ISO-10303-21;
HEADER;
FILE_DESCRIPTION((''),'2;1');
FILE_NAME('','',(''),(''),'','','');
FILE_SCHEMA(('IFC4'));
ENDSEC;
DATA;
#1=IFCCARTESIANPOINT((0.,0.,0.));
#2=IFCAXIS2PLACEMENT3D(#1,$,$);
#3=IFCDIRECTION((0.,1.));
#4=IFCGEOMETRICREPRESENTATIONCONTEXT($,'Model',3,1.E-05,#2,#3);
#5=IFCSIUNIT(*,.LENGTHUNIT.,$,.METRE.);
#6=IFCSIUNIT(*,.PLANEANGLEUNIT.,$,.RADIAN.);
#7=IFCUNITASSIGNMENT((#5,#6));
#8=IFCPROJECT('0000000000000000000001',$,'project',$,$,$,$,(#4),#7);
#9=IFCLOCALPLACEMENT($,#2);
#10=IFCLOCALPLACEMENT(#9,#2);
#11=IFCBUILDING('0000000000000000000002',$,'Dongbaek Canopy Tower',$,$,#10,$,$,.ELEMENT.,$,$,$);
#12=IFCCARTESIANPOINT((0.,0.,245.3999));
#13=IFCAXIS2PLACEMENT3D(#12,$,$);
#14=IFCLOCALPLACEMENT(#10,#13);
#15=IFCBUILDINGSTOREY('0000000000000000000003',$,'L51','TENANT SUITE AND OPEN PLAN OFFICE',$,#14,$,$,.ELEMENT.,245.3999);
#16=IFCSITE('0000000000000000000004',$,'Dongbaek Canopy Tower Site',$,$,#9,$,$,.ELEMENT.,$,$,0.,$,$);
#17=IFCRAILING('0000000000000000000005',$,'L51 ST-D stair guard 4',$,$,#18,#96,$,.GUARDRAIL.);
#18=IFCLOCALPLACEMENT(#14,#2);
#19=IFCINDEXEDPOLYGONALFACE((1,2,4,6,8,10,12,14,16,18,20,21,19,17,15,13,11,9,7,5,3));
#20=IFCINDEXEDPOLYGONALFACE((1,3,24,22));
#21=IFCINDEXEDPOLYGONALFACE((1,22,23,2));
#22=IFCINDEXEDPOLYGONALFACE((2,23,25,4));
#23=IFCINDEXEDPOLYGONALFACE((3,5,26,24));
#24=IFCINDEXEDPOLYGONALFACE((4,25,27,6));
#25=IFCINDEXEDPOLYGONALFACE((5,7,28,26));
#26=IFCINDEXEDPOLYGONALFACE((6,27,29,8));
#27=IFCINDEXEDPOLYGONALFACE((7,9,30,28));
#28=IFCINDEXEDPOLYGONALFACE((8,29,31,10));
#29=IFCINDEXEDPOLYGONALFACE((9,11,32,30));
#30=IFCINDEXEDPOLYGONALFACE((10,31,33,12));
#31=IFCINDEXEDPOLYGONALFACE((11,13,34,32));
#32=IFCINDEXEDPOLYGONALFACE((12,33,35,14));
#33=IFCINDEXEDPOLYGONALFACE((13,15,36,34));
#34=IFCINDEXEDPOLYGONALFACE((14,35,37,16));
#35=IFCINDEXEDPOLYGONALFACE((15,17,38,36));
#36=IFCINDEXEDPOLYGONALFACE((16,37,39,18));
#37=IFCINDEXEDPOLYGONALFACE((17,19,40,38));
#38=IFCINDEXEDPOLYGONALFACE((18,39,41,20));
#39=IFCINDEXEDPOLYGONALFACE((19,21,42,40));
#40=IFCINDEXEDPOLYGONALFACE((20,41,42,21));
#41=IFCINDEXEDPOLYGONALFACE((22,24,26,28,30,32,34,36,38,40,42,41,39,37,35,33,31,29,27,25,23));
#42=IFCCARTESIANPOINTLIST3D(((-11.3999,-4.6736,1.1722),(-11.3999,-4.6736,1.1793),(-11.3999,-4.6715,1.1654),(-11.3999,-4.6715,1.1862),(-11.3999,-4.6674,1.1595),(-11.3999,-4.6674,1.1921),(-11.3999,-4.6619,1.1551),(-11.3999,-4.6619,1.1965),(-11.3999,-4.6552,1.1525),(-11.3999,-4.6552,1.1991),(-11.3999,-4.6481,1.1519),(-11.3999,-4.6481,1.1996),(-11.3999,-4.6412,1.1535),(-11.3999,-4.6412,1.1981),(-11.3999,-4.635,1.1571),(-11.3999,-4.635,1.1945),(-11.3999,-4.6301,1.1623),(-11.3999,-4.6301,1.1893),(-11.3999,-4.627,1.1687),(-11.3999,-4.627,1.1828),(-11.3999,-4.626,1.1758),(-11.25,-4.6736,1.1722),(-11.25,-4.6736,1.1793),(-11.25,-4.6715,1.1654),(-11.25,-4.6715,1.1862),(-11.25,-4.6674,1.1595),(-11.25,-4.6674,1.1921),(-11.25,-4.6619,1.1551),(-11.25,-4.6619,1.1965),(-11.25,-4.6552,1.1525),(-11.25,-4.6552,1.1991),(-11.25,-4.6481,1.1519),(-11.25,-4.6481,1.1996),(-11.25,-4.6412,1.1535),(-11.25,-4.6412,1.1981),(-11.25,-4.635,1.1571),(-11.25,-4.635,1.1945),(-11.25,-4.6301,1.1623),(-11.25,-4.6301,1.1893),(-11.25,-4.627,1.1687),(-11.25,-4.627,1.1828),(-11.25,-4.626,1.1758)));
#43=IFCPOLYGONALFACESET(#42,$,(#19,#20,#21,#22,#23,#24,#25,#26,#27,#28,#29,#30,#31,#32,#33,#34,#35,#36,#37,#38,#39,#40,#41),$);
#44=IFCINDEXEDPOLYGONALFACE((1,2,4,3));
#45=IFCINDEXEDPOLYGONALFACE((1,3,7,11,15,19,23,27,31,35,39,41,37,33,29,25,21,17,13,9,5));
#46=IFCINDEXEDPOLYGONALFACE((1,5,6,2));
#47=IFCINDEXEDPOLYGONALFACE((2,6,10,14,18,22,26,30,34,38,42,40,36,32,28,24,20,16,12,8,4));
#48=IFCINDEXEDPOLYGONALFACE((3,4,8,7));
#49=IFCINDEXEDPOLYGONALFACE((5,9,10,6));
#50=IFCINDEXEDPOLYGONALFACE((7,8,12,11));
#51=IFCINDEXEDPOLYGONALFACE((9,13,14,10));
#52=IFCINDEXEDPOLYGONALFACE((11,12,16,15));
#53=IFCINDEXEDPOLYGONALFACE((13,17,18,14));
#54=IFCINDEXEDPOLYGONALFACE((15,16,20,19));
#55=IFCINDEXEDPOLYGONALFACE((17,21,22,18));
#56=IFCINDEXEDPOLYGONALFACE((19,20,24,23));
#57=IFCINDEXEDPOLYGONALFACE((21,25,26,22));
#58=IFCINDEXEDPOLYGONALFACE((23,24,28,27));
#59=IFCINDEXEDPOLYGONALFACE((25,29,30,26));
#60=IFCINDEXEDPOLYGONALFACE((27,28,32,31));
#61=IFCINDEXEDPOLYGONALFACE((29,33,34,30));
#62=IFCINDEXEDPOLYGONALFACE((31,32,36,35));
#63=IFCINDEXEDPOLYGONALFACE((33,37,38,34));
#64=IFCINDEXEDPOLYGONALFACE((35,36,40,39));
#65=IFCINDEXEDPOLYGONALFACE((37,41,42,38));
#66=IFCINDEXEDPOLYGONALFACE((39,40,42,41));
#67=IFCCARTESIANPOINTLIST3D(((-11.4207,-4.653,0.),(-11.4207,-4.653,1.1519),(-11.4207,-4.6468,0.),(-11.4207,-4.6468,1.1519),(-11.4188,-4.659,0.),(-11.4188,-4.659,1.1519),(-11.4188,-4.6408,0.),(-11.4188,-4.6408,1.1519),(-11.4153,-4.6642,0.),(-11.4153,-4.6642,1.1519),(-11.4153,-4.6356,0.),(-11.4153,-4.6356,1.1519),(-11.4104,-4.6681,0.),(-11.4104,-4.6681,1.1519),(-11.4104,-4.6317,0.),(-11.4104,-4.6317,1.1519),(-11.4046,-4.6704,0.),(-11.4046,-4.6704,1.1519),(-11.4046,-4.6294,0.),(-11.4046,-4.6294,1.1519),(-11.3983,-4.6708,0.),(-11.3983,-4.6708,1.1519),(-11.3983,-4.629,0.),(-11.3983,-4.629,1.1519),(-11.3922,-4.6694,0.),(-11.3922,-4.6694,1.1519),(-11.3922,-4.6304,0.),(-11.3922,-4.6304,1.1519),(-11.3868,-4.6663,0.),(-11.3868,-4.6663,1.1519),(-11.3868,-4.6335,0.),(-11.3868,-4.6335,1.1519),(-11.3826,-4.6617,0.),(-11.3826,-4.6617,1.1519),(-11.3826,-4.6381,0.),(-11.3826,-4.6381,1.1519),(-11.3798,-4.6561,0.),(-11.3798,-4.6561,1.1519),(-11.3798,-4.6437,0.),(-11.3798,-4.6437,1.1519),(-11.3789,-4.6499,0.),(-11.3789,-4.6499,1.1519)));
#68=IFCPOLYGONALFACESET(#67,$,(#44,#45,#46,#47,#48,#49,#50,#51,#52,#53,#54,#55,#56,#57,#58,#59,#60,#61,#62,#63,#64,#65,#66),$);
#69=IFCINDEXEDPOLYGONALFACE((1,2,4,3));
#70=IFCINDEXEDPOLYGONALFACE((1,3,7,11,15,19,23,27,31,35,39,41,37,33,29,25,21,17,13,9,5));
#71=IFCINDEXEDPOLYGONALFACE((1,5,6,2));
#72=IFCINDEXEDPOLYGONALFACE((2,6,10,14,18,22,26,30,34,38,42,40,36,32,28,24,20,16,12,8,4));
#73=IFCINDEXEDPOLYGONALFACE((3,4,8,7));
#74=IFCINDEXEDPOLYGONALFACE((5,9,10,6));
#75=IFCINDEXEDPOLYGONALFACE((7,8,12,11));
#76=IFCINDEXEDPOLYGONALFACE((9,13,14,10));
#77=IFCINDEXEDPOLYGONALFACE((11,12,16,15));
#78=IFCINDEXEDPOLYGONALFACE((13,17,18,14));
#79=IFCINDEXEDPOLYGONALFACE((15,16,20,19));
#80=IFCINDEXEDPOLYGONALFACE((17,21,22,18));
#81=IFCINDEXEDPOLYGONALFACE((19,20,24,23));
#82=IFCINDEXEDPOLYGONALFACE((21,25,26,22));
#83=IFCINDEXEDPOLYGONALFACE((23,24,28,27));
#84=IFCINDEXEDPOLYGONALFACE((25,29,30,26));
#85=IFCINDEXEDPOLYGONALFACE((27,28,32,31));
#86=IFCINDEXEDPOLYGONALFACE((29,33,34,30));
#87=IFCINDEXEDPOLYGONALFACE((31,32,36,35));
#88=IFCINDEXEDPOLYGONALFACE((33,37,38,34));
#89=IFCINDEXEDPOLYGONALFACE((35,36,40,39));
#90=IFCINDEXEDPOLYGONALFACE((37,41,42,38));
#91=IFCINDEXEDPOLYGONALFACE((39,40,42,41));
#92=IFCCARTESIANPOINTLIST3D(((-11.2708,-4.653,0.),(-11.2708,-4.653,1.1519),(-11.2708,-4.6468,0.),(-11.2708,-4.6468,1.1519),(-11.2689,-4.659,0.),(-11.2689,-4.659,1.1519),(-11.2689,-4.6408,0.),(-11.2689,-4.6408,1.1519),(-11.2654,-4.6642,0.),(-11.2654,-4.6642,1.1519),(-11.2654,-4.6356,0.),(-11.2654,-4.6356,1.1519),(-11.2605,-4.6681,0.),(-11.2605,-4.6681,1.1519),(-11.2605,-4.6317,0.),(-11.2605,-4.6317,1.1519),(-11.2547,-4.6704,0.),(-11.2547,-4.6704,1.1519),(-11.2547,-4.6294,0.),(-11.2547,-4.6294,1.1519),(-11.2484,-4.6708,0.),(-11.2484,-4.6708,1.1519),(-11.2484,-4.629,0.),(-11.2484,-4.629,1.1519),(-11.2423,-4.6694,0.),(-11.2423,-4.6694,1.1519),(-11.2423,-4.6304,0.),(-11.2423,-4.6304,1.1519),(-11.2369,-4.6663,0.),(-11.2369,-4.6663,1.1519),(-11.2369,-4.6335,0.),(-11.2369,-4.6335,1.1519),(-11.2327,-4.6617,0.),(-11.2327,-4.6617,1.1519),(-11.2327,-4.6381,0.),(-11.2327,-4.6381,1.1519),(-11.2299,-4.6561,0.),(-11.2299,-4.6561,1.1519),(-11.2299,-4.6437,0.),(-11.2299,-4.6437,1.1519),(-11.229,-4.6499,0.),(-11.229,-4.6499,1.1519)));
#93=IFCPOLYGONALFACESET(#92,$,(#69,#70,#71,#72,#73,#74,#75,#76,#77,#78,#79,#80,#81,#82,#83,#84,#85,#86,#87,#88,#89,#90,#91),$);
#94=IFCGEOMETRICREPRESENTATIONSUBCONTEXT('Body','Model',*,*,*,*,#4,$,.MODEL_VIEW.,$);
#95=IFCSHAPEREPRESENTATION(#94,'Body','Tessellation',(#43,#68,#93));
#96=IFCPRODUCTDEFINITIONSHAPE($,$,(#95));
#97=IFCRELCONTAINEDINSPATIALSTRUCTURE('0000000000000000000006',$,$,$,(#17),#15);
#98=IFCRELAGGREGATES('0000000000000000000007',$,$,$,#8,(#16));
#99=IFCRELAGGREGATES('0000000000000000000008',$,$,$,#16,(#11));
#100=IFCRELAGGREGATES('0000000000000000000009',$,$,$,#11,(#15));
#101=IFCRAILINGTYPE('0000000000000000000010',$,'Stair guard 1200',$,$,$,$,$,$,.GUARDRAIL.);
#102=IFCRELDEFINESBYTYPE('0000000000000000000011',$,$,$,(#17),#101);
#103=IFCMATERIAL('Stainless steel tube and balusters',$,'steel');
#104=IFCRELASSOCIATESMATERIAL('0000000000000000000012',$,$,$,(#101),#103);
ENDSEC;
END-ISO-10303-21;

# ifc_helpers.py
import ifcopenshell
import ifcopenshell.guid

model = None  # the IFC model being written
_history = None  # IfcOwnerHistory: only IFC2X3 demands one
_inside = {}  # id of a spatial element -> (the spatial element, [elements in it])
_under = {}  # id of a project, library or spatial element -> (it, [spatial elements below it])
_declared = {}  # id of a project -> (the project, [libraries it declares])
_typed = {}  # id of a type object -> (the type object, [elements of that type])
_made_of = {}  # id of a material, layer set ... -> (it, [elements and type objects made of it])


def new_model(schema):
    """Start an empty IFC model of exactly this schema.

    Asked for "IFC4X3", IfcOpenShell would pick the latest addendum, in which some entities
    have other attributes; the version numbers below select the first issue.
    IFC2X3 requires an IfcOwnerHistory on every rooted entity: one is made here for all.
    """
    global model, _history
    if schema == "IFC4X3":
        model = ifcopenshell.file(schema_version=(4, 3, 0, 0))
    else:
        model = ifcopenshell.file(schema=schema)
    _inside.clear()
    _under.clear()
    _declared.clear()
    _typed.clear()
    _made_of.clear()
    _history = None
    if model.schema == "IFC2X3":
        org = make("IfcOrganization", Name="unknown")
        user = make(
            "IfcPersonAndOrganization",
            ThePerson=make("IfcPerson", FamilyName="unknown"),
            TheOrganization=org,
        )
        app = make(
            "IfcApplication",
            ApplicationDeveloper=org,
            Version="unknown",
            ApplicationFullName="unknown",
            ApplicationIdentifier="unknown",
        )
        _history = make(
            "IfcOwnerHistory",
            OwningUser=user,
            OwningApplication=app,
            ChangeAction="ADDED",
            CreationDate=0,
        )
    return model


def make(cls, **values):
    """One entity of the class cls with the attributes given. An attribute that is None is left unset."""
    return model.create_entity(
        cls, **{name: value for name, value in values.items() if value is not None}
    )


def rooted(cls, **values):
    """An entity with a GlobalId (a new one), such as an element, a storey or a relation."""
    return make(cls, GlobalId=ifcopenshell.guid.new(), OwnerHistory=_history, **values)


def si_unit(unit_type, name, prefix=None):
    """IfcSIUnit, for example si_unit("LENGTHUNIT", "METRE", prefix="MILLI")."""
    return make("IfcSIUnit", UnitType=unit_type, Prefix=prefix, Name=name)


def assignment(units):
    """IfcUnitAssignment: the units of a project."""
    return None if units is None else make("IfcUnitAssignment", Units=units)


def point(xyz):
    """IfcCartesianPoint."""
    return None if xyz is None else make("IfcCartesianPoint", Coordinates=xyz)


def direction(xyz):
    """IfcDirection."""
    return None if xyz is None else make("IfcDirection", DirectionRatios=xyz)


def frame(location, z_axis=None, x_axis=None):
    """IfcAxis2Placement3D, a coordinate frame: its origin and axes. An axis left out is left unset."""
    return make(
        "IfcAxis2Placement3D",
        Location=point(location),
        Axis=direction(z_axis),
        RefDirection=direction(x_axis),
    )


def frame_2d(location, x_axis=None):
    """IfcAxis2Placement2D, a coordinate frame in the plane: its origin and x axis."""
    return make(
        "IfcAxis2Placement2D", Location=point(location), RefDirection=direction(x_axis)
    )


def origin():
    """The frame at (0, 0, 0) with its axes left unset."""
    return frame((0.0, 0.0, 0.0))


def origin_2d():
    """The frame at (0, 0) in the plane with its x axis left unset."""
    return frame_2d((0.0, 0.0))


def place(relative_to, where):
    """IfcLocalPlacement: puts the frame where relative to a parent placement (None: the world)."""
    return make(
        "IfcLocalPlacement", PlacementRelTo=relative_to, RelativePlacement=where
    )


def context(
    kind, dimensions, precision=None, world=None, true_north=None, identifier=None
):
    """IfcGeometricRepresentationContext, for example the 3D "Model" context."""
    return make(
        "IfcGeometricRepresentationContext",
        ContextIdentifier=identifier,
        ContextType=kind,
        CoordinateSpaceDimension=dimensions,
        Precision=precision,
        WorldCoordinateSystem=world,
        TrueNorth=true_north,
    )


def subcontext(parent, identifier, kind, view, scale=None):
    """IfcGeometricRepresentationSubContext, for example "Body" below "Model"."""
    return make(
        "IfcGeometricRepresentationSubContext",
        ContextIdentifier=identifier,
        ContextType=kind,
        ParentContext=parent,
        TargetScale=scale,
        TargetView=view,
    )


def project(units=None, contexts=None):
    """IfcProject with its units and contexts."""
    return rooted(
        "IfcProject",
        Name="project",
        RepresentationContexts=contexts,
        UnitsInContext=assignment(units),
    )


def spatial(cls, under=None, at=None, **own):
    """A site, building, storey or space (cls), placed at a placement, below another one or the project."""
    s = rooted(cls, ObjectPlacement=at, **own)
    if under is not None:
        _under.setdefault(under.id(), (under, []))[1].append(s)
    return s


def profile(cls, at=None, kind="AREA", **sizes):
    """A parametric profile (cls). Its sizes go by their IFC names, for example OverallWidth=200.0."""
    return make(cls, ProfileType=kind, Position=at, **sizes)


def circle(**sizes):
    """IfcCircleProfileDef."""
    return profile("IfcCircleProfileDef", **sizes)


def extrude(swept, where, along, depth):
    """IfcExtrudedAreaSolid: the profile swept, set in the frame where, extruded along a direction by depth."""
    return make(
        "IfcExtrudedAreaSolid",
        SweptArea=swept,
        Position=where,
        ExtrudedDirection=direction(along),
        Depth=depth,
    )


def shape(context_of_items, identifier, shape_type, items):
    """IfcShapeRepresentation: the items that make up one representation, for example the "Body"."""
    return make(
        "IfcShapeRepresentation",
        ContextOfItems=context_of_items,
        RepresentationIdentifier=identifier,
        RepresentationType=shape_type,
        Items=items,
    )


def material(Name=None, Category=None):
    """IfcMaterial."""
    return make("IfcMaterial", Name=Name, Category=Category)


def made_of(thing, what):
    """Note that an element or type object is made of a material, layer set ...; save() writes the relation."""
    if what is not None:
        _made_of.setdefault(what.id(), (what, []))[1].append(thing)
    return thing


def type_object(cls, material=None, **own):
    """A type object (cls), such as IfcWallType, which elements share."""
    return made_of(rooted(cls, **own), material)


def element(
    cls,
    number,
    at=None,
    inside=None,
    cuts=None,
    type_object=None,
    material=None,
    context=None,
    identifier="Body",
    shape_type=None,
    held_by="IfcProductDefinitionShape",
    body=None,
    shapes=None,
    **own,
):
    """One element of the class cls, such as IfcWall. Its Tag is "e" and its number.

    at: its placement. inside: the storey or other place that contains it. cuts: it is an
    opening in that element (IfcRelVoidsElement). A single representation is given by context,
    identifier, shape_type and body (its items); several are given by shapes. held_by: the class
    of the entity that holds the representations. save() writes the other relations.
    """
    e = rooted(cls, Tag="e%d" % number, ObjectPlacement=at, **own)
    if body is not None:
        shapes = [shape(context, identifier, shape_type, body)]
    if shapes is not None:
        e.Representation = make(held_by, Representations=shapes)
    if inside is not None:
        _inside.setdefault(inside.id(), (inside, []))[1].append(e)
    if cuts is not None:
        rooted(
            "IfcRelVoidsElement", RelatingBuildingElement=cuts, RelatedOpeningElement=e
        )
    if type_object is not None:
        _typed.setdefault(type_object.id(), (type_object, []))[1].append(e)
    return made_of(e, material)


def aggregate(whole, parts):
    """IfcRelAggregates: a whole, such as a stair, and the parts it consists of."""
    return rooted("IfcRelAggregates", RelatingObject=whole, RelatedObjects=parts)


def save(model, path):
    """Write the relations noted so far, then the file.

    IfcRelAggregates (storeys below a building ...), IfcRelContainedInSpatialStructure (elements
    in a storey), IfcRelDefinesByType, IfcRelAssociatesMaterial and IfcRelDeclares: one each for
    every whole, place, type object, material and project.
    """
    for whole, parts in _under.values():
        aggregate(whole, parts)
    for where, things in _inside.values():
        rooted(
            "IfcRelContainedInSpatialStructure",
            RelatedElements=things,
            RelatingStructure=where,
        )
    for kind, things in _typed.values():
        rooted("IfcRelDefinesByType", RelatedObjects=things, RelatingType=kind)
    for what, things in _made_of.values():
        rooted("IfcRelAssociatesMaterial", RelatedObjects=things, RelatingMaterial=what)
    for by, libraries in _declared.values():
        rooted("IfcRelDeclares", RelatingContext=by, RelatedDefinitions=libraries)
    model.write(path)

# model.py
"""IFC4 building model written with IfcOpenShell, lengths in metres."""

from ifc_helpers import new_model, si_unit, direction, frame, origin, origin_2d, place, context, subcontext, project, spatial, circle, extrude, material, type_object, element, save


model = new_model("IFC4")

# Units and contexts
model_context = context("Model", 3, precision=1e-05, world=origin(), true_north=direction((0.0, 1.0)))
body_context = subcontext(model_context, "Body", "Model", "MODEL_VIEW")
ifc_project = project(units=[si_unit("LENGTHUNIT", "METRE"), si_unit("PLANEANGLEUNIT", "RADIAN")], contexts=[model_context])

# Site, building, storey
site_placement = place(None, origin())
site = spatial("IfcSite", under=ifc_project, at=site_placement, Name="Dongbaek Canopy Tower Site", CompositionType="ELEMENT", RefElevation=0.0)
building_placement = place(site_placement, origin())
building = spatial("IfcBuilding", under=site, at=building_placement, Name="Dongbaek Canopy Tower", CompositionType="ELEMENT")
storey_placement = place(building_placement, frame((0.0, 0.0, 245.3999)))
storey = spatial("IfcBuildingStorey", under=building, at=storey_placement, Name="L51", Description="TENANT SUITE AND OPEN PLAN OFFICE", CompositionType="ELEMENT", Elevation=245.3999)

# Railing
ifc_material_1 = material(Name="Stainless steel tube and balusters", Category="steel")
railing_type_1 = type_object("IfcRailingType", Name="Stair guard 1200", PredefinedType="GUARDRAIL", material=ifc_material_1)
railing_1_placement = place(storey_placement, frame((-11.3999, -4.6499, 0.0)))
element("IfcRailing", 1, at=railing_1_placement, inside=storey, type_object=railing_type_1, Name="L51 ST-D stair guard 4", PredefinedType="GUARDRAIL", context=body_context, shape_type="SweptSolid", body=[
    extrude(circle(Radius=0.0239, at=origin_2d()), frame((0.0, 0.0, 1.1758), z_axis=(1.0, 0.0, 0.0), x_axis=(0.0, 1.0, 0.0)), (0.0, 0.0, 1.0), 0.1499),
    extrude(circle(Radius=0.021, at=origin_2d()), origin(), (0.0, 0.0, 1.0), 1.1519),
    extrude(circle(Radius=0.021, at=origin_2d()), frame((0.1499, 0.0, 0.0)), (0.0, 0.0, 1.0), 1.1519),
])

save(model, "model.ifc")
